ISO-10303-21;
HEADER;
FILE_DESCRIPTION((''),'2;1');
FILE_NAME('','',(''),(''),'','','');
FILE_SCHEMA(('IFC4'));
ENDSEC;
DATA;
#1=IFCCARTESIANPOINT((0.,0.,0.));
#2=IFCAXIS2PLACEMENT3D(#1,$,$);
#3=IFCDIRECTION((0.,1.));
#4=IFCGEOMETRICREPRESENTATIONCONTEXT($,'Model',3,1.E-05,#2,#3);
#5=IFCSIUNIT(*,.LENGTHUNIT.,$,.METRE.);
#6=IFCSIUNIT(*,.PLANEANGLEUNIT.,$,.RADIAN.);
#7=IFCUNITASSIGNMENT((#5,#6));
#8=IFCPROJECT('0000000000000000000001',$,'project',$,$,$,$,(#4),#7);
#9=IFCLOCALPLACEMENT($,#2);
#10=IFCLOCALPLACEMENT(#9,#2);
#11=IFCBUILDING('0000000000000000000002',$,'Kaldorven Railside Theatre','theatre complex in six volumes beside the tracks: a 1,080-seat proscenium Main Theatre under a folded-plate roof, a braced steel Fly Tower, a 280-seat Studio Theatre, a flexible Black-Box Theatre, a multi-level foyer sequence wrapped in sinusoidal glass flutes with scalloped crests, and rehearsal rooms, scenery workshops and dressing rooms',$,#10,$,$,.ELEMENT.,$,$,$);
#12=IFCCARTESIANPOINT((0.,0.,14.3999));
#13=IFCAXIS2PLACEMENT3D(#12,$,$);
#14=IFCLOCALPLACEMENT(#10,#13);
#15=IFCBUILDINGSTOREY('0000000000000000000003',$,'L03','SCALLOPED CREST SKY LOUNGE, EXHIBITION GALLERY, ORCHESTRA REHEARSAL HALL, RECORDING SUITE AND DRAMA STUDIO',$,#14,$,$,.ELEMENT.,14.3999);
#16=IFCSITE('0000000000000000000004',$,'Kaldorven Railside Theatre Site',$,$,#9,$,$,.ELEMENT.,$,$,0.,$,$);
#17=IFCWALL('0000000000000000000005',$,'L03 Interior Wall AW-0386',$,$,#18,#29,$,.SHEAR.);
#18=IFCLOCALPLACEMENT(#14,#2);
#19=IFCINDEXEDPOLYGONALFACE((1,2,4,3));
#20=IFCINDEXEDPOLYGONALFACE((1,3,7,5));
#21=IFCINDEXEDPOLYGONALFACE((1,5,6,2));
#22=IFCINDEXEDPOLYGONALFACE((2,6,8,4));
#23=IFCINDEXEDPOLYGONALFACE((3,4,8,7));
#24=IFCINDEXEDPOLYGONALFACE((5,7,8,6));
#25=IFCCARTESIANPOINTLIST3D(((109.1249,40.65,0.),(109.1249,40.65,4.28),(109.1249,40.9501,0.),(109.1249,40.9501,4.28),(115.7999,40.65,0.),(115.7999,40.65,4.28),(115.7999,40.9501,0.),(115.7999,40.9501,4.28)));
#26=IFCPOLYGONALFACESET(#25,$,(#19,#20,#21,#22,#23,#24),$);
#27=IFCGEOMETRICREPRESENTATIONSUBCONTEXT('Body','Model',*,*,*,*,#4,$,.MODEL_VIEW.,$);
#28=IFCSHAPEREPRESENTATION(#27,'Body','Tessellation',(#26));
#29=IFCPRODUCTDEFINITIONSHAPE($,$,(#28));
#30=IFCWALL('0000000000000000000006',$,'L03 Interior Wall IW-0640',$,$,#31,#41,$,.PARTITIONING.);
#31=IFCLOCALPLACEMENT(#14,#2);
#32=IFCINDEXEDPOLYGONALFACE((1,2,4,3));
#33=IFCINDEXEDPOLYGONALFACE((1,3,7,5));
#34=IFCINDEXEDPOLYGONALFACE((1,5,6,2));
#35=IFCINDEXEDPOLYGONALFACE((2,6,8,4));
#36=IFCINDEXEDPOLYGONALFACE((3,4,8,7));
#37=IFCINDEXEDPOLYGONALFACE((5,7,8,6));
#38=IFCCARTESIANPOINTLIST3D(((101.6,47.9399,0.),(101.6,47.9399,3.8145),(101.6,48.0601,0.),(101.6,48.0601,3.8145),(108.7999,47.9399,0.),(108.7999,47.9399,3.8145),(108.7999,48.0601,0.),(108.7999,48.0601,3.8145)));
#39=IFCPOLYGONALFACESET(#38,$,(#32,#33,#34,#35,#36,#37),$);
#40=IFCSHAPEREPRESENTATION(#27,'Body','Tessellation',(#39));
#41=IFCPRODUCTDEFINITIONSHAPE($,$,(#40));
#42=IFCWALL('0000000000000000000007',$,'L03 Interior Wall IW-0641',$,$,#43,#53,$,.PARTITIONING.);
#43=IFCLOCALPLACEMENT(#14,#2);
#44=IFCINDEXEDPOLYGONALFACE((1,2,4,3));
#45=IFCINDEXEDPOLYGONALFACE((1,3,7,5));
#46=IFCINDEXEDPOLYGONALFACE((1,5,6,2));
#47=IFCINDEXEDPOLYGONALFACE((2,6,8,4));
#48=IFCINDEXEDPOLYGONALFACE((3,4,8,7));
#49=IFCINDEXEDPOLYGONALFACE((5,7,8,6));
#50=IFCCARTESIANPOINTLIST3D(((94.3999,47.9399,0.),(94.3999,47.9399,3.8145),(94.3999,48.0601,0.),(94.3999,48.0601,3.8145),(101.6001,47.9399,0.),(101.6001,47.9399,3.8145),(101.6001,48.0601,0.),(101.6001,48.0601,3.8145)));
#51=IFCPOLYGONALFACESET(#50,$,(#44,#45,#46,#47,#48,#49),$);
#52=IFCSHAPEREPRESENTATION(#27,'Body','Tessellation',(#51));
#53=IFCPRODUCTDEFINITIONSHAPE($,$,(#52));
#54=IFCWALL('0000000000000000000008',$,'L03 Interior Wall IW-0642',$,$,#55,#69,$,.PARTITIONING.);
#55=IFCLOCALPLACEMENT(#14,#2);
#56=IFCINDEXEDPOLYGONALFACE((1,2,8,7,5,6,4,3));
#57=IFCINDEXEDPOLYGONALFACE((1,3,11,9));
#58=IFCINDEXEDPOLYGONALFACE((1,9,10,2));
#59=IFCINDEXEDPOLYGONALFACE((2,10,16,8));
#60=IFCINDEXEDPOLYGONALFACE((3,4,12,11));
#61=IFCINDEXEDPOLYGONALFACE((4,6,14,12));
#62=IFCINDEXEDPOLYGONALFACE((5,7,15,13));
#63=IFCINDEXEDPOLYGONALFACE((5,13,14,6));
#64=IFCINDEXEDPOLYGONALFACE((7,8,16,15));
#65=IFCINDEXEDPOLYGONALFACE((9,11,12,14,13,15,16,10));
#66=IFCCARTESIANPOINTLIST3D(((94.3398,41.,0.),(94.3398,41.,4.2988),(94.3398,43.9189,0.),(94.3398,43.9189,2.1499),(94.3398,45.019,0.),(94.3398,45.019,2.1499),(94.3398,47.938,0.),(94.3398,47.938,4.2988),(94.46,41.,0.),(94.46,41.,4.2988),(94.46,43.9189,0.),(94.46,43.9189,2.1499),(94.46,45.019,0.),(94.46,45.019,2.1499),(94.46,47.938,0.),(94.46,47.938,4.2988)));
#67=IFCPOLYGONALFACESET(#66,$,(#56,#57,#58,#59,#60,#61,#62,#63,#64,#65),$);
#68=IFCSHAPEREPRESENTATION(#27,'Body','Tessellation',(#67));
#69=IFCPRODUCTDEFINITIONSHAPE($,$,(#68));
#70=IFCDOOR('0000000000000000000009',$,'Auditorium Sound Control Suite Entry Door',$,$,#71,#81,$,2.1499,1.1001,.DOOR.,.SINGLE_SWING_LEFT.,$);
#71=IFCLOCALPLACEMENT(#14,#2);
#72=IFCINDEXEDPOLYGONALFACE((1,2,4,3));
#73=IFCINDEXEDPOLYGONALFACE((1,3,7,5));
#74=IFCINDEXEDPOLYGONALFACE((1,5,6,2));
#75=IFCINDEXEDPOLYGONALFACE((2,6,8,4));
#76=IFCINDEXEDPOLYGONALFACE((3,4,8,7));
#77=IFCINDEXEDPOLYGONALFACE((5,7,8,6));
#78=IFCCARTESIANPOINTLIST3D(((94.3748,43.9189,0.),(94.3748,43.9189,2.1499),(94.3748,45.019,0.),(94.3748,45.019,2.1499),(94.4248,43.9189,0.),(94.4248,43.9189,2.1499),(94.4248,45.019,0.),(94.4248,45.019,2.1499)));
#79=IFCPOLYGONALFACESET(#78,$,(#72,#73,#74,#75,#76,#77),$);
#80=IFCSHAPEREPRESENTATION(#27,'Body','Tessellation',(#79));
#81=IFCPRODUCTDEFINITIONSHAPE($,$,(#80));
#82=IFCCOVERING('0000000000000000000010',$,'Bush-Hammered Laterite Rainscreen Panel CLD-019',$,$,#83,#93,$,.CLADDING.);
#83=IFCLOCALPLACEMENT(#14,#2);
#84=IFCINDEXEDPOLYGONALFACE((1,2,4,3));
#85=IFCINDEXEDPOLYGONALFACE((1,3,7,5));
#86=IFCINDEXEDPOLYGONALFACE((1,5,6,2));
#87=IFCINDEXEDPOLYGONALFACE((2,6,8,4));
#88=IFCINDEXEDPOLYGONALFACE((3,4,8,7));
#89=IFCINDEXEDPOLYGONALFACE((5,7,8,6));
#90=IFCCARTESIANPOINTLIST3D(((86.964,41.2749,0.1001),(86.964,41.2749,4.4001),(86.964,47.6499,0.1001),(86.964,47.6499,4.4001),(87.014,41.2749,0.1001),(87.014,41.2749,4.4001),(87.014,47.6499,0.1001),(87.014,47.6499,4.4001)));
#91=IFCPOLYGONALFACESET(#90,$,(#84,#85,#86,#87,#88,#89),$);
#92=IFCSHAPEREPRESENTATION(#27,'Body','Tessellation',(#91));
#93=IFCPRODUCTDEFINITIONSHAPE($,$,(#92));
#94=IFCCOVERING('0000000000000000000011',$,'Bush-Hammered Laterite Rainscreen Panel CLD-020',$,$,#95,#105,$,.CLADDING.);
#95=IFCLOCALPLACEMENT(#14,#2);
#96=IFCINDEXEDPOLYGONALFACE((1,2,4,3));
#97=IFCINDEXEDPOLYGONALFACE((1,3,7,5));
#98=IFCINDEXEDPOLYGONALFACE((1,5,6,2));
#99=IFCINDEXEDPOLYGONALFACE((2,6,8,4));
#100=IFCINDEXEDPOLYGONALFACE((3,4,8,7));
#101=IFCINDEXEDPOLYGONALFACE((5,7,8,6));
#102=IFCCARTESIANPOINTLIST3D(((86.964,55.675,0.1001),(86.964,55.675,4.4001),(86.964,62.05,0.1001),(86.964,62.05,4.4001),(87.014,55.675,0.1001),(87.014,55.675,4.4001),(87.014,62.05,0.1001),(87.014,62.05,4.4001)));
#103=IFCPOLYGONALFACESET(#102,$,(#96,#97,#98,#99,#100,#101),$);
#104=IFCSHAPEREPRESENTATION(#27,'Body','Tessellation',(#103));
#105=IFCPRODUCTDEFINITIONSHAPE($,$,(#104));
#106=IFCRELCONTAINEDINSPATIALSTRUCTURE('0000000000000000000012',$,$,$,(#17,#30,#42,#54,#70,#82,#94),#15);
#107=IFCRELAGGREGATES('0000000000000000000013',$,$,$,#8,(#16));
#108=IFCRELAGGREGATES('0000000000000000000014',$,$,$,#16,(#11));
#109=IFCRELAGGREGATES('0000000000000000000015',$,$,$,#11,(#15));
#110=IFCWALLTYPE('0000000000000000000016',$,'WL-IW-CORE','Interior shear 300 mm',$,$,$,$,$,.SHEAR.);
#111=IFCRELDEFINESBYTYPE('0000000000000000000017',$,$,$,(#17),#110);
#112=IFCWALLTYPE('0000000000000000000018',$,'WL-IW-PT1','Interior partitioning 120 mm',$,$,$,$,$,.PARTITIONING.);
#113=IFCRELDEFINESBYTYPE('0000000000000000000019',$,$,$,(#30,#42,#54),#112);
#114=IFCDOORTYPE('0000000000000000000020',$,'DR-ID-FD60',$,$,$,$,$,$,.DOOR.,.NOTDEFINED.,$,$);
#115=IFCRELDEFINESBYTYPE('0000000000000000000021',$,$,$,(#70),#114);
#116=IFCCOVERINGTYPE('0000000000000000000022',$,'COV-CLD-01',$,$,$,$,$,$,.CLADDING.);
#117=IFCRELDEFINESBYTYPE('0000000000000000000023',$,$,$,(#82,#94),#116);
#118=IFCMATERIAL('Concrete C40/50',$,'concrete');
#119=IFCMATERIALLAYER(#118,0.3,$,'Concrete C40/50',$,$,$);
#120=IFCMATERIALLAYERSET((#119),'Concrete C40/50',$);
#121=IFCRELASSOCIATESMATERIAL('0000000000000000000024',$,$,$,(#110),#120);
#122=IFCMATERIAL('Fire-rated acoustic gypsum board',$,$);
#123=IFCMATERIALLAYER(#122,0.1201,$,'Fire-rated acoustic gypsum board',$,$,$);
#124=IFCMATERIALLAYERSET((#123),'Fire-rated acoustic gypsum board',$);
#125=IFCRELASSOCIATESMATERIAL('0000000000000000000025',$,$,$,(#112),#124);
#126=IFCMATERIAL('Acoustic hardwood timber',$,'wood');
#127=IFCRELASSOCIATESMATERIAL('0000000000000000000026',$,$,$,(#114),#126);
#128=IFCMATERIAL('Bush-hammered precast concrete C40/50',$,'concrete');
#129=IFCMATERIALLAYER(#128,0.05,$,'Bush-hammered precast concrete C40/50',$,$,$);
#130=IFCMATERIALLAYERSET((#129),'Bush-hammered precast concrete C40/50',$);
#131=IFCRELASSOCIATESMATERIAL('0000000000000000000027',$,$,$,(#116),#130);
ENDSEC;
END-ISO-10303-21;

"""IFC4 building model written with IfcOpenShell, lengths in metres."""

from ifc_helpers import new_model, si_unit, direction, frame, frame_2d, origin, origin_2d, place, context, subcontext, project, spatial, rectangle, extrude, material, layer, layer_set, type_object, element, fill, save


model = new_model("IFC4")

# Units and contexts
model_context = context("Model", 3, precision=1e-05, world=origin(), true_north=direction((0.0, 1.0)))
body_context = subcontext(model_context, "Body", "Model", "MODEL_VIEW")
ifc_project = project(units=[si_unit("LENGTHUNIT", "METRE"), si_unit("PLANEANGLEUNIT", "RADIAN")], contexts=[model_context])

# Site, building, storey
site_placement = place(None, origin())
site = spatial("IfcSite", under=ifc_project, at=site_placement, Name="Kaldorven Railside Theatre Site", CompositionType="ELEMENT", RefElevation=0.0)
building_placement = place(site_placement, origin())
building = spatial("IfcBuilding", under=site, at=building_placement, Name="Kaldorven Railside Theatre", Description="theatre complex in six volumes beside the tracks: a 1,080-seat proscenium Main Theatre under a folded-plate roof, a braced steel Fly Tower, a 280-seat Studio Theatre, a flexible Black-Box Theatre, a multi-level foyer sequence wrapped in sinusoidal glass flutes with scalloped crests, and rehearsal rooms, scenery workshops and dressing rooms", CompositionType="ELEMENT")
storey_placement = place(building_placement, frame((0.0, 0.0, 14.3999)))
storey = spatial("IfcBuildingStorey", under=building, at=storey_placement, Name="L03", Description="SCALLOPED CREST SKY LOUNGE, EXHIBITION GALLERY, ORCHESTRA REHEARSAL HALL, RECORDING SUITE AND DRAMA STUDIO", CompositionType="ELEMENT", Elevation=14.3999)

# Shared definitions
ifc_material_1 = material(Name="Concrete C40/50", Category="concrete")

# Walls
ifc_layer_1 = layer(ifc_material_1, 0.3, Name="Concrete C40/50")
ifc_layer_set_1 = layer_set([ifc_layer_1], Name="Concrete C40/50")
wall_type_1 = type_object("IfcWallType", Name="WL-IW-CORE", Description="Interior shear 300 mm", PredefinedType="SHEAR", material=ifc_layer_set_1)
wall_1_placement = place(storey_placement, frame((109.125, 40.8, 0.0), z_axis=(0.0, 0.0, 1.0), x_axis=(1.0, 0.0, 0.0)))
element("IfcWall", 1, at=wall_1_placement, inside=storey, type_object=wall_type_1, Name="L03 Interior Wall AW-0386", PredefinedType="SHEAR", context=body_context, shape_type="SweptSolid", body=[
    extrude(rectangle(XDim=6.675, YDim=0.3, at=frame_2d((3.3374, 0.0))), origin(), (0.0, 0.0, 1.0), 4.28),
])
ifc_material_2 = material(Name="Fire-rated acoustic gypsum board")
ifc_layer_2 = layer(ifc_material_2, 0.1201, Name="Fire-rated acoustic gypsum board")
ifc_layer_set_2 = layer_set([ifc_layer_2], Name="Fire-rated acoustic gypsum board")
wall_type_2 = type_object("IfcWallType", Name="WL-IW-PT1", Description="Interior partitioning 120 mm", PredefinedType="PARTITIONING", material=ifc_layer_set_2)
wall_2_placement = place(storey_placement, frame((108.8, 48.0, 0.0), z_axis=(0.0, 0.0, 1.0), x_axis=(-1.0, 0.0, 0.0)))
element("IfcWall", 2, at=wall_2_placement, inside=storey, type_object=wall_type_2, Name="L03 Interior Wall IW-0640", PredefinedType="PARTITIONING", context=body_context, shape_type="SweptSolid", body=[
    extrude(rectangle(XDim=7.2, YDim=0.1201, at=frame_2d((3.6001, 0.0))), origin(), (0.0, 0.0, 1.0), 3.8145),
])
wall_3_placement = place(storey_placement, frame((101.6001, 48.0, 0.0), z_axis=(0.0, 0.0, 1.0), x_axis=(-1.0, 0.0, 0.0)))
element("IfcWall", 3, at=wall_3_placement, inside=storey, type_object=wall_type_2, Name="L03 Interior Wall IW-0641", PredefinedType="PARTITIONING", context=body_context, shape_type="SweptSolid", body=[
    extrude(rectangle(XDim=7.2002, YDim=0.1201, at=frame_2d((3.6001, 0.0))), origin(), (0.0, 0.0, 1.0), 3.8145),
])

# Wall, opening, door
wall_4_placement = place(storey_placement, frame((94.3999, 47.938, 0.0), z_axis=(0.0, 0.0, 1.0), x_axis=(0.0, -1.0, 0.0)))
wall_4 = element("IfcWall", 4, at=wall_4_placement, inside=storey, type_object=wall_type_2, Name="L03 Interior Wall IW-0642", PredefinedType="PARTITIONING", context=body_context, shape_type="SweptSolid", body=[
    extrude(rectangle(XDim=6.938, YDim=0.1201, at=frame_2d((3.469, 0.0))), origin(), (0.0, 0.0, 1.0), 4.2988),
])
opening_1_placement = place(wall_4_placement, frame((2.9189, 0.0, 0.0)))
opening_1 = element("IfcOpeningElement", 5, at=opening_1_placement, cuts=wall_4, PredefinedType="OPENING", context=body_context, shape_type="SweptSolid", body=[
    extrude(rectangle(XDim=1.1001, YDim=2.1499, at=frame_2d((0.55, 1.075))), frame((0.0, 0.0701, 0.0), z_axis=(0.0, -1.0, 0.0), x_axis=(1.0, 0.0, 0.0)), (0.0, 0.0, 1.0), 0.1401),
])
ifc_material_3 = material(Name="Acoustic hardwood timber", Category="wood")
door_type_1 = type_object("IfcDoorType", Name="DR-ID-FD60", OperationType="NOTDEFINED", PredefinedType="DOOR", material=ifc_material_3)
door_1_placement = place(opening_1_placement, origin())
door_1 = element("IfcDoor", 6, at=door_1_placement, inside=storey, type_object=door_type_1, Name="Auditorium Sound Control Suite Entry Door", OperationType="SINGLE_SWING_LEFT", OverallHeight=2.1499, OverallWidth=1.1001, PredefinedType="DOOR", context=body_context, shape_type="SweptSolid", body=[
    extrude(rectangle(XDim=1.1001, YDim=2.1499, at=frame_2d((0.55, 1.075))), frame((0.0, 0.0249, 0.0), z_axis=(0.0, -1.0, 0.0), x_axis=(1.0, 0.0, 0.0)), (0.0, 0.0, 1.0), 0.05),
])
fill(opening_1, door_1)

# Coverings
ifc_material_4 = material(Name="Bush-hammered precast concrete C40/50", Category="concrete")
ifc_layer_3 = layer(ifc_material_4, 0.05, Name="Bush-hammered precast concrete C40/50")
ifc_layer_set_3 = layer_set([ifc_layer_3], Name="Bush-hammered precast concrete C40/50")
covering_type = type_object("IfcCoveringType", Name="COV-CLD-01", PredefinedType="CLADDING", material=ifc_layer_set_3)
for number, where, z_axis, x_axis, name in (
    (7, (86.989, 44.4624, 0.1001), (0.0, 0.0, 1.0), (0.0, 1.0, 0.0), "Bush-Hammered Laterite Rainscreen Panel CLD-019"),
    (8, (86.989, 58.8625, 0.1001), (0.0, 0.0, 1.0), (0.0, 1.0, 0.0), "Bush-Hammered Laterite Rainscreen Panel CLD-020"),
):
    element("IfcCovering", number, at=place(storey_placement, frame(where, z_axis=z_axis, x_axis=x_axis)), inside=storey, type_object=covering_type, Name=name, PredefinedType="CLADDING", context=body_context, shape_type="SweptSolid", body=[
        extrude(rectangle(XDim=6.375, YDim=0.05, at=origin_2d()), origin(), (0.0, 0.0, 1.0), 4.3),
    ])

save(model, "model.ifc")
